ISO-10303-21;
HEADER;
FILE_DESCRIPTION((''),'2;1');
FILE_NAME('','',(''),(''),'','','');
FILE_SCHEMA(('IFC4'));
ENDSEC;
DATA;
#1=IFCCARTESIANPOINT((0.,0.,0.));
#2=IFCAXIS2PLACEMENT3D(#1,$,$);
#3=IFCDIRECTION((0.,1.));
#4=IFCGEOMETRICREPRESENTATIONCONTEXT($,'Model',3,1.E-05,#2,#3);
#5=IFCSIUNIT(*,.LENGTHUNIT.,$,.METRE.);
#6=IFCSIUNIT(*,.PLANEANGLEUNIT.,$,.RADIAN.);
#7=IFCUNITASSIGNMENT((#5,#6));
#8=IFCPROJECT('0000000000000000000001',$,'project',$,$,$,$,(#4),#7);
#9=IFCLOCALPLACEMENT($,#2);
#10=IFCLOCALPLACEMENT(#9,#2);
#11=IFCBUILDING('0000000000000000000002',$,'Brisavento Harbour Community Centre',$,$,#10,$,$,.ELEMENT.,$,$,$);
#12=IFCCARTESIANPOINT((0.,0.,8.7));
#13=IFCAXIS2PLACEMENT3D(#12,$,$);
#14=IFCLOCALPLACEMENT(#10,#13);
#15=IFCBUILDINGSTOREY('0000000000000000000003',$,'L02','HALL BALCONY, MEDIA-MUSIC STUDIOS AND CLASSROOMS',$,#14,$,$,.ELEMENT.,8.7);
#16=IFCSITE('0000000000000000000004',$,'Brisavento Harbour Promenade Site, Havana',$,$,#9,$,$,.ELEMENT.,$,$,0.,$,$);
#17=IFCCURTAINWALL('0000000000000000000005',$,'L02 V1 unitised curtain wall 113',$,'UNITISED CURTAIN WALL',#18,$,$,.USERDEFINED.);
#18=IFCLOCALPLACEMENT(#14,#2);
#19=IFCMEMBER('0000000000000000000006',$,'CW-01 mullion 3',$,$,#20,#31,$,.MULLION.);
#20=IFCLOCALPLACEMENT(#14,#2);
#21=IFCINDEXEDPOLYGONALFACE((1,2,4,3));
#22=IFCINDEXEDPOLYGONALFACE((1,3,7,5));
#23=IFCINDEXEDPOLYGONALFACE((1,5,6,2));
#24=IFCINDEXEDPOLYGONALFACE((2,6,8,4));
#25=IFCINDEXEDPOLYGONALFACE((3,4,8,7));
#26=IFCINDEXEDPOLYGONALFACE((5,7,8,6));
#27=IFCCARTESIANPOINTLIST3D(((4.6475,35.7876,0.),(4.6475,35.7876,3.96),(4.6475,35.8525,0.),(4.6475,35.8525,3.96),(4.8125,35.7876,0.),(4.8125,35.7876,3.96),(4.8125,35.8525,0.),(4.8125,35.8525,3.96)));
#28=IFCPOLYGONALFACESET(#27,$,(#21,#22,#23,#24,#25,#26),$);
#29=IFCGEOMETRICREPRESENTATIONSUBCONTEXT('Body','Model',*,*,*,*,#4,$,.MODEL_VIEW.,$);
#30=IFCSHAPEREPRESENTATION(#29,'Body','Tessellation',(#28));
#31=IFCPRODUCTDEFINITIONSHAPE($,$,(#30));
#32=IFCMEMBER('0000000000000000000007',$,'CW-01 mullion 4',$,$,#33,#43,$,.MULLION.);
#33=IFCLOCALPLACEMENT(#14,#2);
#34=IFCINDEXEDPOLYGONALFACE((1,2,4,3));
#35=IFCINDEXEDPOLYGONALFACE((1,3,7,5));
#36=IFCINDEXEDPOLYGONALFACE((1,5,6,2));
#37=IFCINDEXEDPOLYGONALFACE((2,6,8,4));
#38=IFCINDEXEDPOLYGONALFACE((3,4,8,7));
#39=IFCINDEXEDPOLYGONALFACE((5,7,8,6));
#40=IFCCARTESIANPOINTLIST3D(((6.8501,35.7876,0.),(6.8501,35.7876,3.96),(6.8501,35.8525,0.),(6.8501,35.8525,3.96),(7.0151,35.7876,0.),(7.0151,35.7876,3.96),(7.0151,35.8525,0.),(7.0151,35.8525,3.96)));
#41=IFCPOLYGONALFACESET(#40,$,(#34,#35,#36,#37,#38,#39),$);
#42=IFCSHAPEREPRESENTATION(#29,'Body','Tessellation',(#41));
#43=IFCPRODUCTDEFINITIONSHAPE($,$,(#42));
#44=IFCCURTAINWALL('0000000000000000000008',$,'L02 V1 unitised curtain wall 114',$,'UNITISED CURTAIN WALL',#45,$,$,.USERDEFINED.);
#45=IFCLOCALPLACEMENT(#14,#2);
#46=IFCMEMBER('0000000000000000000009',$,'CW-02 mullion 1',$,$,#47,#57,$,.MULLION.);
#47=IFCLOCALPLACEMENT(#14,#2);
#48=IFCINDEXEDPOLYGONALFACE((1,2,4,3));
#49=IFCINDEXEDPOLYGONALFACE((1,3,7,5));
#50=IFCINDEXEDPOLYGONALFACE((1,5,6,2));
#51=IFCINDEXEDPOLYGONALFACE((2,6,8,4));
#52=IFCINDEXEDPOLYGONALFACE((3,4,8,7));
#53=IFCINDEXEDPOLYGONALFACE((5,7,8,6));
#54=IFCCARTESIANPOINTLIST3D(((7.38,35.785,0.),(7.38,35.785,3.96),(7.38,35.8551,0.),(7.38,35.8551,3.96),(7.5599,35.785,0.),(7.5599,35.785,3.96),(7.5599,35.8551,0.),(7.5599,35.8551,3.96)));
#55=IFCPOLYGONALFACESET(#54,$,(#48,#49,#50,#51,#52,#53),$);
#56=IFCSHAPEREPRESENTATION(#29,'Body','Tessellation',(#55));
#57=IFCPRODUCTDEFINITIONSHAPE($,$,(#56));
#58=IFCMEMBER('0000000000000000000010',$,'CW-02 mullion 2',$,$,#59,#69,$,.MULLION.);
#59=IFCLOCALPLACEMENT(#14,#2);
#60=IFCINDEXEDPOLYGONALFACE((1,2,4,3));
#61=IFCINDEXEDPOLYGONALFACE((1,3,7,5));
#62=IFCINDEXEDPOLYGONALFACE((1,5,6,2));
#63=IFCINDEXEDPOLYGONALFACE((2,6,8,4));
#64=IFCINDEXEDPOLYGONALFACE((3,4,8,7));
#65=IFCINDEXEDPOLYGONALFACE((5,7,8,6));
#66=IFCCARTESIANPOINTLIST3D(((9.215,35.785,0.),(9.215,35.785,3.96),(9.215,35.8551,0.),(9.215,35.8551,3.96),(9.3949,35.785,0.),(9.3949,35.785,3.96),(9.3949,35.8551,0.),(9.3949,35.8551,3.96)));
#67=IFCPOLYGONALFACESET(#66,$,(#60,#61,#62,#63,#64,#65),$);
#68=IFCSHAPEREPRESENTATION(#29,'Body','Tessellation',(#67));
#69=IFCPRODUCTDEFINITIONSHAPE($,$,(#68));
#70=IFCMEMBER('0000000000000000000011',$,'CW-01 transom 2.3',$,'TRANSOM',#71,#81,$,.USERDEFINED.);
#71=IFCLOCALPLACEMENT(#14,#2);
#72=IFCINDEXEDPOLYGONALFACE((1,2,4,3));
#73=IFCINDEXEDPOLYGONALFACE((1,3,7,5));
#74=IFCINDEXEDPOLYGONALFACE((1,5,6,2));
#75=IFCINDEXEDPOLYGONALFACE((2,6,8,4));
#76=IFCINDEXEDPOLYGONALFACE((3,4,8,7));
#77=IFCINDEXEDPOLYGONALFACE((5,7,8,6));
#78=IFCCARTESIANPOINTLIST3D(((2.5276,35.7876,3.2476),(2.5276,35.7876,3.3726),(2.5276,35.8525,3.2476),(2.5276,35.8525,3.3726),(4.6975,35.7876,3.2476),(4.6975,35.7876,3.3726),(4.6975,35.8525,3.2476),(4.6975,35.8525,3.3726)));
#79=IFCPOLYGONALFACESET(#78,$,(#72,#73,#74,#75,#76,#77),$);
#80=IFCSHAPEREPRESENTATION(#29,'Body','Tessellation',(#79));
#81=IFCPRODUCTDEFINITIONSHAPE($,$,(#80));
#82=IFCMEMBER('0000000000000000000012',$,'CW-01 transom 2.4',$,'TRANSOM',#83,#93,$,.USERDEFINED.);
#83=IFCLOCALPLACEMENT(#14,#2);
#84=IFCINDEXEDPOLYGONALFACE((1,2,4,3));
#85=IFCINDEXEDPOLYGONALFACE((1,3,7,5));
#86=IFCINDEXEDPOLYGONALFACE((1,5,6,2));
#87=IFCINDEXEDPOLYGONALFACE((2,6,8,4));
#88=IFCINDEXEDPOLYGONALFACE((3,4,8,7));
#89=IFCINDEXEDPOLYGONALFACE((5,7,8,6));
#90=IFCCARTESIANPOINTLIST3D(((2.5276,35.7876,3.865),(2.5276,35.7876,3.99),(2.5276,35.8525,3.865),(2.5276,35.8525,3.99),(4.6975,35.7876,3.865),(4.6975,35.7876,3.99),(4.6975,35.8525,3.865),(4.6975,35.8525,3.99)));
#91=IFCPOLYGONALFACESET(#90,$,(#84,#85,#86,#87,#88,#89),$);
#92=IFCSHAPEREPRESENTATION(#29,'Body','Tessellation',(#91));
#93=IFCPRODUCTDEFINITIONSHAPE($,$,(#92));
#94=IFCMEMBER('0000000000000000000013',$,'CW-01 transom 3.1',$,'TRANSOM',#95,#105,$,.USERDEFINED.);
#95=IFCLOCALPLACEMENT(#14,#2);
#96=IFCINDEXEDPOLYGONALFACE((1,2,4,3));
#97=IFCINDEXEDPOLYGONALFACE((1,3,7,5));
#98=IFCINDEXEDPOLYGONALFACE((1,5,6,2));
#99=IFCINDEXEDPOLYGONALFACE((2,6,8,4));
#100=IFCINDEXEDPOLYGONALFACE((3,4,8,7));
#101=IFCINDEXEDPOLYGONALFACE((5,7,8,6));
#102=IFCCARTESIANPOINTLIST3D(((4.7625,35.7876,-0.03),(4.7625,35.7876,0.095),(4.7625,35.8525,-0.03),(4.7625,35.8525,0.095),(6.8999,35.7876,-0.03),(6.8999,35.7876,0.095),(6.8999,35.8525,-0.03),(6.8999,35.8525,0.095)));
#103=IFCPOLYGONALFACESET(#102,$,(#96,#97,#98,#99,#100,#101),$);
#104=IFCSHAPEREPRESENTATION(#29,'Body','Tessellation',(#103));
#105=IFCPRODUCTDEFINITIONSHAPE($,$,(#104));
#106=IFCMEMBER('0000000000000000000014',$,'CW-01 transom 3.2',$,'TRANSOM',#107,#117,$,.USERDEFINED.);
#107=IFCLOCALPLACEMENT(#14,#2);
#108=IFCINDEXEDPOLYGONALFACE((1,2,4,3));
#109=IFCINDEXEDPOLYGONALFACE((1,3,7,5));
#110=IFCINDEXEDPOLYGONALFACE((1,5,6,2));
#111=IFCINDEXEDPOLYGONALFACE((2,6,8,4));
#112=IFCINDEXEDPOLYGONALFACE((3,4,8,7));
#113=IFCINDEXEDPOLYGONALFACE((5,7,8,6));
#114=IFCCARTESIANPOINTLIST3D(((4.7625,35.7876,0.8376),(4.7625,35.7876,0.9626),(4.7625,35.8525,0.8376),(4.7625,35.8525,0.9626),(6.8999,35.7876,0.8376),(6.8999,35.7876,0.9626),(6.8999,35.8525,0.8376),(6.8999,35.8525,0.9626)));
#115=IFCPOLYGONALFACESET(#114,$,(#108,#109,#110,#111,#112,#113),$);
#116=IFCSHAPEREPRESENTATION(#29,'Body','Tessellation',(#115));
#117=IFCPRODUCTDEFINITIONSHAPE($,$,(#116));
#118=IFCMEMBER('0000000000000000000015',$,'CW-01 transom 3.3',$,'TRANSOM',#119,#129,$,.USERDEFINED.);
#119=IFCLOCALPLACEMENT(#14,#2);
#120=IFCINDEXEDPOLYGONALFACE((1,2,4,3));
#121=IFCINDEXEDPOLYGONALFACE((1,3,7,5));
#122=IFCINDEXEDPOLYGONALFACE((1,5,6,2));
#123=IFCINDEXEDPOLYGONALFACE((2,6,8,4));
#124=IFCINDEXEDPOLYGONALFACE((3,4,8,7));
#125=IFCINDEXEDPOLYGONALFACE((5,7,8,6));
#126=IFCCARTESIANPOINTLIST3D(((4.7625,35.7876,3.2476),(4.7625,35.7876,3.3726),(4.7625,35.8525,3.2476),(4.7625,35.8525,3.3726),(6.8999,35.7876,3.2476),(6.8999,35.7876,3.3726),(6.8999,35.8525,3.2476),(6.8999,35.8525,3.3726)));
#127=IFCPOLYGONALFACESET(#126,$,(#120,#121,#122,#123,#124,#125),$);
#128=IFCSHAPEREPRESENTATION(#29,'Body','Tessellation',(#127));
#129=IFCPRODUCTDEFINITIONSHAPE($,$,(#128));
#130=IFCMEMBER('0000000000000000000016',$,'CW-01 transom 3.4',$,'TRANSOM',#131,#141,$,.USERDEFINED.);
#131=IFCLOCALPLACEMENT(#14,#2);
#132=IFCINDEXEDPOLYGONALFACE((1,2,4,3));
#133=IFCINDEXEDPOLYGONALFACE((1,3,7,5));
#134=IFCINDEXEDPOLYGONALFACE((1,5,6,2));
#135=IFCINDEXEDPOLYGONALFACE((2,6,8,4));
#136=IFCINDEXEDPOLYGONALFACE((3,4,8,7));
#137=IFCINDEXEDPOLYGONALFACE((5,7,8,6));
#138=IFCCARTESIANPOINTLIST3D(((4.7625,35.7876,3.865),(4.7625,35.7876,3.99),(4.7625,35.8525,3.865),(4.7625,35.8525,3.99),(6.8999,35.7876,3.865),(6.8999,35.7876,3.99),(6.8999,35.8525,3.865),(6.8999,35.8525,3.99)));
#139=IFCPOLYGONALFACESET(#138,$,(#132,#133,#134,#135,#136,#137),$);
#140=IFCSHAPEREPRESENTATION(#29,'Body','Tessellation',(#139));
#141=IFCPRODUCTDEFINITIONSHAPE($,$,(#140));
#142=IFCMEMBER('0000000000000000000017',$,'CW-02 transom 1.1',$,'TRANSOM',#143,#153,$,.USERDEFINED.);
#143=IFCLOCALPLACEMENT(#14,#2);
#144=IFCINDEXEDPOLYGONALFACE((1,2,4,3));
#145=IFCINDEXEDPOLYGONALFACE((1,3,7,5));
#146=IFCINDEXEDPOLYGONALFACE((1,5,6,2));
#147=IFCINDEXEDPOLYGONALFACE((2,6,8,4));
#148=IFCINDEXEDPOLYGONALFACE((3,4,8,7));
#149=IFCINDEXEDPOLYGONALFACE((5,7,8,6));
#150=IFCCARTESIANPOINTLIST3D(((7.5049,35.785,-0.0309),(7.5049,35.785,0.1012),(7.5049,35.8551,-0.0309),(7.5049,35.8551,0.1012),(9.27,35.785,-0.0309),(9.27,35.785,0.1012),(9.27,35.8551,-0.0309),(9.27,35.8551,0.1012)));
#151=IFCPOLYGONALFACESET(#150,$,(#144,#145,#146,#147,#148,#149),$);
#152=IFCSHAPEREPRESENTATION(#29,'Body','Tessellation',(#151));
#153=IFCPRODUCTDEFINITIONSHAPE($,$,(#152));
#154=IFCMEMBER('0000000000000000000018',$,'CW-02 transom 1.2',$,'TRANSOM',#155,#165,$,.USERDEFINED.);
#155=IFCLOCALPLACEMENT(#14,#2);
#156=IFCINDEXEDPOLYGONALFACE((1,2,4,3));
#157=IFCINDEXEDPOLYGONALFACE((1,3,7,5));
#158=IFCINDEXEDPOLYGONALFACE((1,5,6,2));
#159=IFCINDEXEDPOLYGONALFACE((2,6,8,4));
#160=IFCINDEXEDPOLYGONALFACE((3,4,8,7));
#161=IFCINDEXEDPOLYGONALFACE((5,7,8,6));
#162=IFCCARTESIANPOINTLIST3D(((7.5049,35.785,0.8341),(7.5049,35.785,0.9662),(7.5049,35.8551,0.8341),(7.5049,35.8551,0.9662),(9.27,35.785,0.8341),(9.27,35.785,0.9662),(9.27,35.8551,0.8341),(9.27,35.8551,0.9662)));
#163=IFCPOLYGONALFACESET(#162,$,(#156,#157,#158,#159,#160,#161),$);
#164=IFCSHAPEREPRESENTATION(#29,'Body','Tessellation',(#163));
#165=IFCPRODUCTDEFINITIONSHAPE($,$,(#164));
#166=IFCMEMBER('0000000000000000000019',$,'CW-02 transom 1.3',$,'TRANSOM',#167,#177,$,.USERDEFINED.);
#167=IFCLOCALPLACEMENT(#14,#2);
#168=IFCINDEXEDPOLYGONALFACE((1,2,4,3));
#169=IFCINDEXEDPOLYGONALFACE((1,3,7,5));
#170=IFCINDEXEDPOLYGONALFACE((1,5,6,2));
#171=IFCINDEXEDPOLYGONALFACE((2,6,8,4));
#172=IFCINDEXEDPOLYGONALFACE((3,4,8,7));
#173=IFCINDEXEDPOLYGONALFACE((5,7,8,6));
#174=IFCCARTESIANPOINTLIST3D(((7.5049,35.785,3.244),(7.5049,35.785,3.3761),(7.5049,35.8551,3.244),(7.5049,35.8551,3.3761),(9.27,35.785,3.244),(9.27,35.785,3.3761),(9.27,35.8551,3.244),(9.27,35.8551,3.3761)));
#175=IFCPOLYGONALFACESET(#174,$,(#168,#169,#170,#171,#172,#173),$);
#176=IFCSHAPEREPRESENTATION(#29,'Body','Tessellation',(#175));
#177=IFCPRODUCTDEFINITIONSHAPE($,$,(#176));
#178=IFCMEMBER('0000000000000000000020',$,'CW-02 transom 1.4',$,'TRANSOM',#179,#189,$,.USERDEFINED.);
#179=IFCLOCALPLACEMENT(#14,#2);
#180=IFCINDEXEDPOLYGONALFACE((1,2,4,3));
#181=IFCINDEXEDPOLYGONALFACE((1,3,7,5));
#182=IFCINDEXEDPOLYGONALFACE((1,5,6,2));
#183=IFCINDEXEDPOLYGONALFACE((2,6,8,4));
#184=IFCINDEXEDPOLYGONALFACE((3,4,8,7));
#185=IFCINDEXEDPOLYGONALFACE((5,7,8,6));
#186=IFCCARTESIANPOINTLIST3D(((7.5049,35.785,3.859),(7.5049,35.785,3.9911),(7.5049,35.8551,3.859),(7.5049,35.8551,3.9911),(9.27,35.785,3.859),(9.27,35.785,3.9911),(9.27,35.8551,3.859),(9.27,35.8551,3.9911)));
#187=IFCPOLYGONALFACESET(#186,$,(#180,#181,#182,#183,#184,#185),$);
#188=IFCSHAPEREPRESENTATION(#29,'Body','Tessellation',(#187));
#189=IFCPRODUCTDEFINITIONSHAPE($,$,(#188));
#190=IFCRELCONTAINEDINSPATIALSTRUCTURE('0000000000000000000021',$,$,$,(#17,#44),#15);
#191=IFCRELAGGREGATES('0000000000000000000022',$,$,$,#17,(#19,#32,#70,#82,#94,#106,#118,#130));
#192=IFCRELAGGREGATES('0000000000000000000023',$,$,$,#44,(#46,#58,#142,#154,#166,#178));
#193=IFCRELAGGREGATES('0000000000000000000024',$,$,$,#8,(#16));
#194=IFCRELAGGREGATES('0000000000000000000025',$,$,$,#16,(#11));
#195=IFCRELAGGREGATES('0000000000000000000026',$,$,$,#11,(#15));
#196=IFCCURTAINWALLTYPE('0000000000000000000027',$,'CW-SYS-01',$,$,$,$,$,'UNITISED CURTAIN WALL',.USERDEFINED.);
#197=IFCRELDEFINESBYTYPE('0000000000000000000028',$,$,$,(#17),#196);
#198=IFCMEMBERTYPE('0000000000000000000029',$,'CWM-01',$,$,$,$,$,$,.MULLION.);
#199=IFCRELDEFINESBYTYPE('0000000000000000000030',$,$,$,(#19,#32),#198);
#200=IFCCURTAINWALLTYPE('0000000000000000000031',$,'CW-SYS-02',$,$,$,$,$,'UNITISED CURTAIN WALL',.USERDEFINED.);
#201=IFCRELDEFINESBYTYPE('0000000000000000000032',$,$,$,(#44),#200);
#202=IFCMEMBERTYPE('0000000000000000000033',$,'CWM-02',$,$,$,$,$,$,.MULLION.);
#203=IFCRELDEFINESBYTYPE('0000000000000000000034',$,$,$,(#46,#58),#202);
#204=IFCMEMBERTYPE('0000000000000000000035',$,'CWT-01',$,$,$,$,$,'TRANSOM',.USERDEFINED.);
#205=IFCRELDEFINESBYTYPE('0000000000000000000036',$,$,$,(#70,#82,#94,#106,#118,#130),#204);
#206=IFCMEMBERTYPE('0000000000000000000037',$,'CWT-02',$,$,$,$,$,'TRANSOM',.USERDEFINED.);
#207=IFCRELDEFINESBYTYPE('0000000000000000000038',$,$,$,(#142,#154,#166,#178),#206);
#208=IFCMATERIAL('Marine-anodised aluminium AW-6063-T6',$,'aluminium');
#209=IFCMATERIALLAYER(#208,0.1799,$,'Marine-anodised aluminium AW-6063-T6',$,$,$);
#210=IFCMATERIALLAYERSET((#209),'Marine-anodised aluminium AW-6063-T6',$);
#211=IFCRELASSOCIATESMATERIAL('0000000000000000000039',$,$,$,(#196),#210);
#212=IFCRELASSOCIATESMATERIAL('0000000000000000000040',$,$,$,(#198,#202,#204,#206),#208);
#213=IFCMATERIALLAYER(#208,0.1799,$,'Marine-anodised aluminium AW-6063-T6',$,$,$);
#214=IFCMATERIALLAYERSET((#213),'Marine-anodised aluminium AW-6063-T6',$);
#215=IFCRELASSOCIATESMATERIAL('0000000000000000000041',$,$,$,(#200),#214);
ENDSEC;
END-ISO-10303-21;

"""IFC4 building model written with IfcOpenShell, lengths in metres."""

from ifc_helpers import new_model, si_unit, direction, frame, origin, origin_2d, place, context, subcontext, project, spatial, rectangle, extrude, material, layer, layer_set, material_profile, profile_set, type_object, element, aggregate, save


model = new_model("IFC4")

# Units and contexts
model_context = context("Model", 3, precision=1e-05, world=origin(), true_north=direction((0.0, 1.0)))
body_context = subcontext(model_context, "Body", "Model", "MODEL_VIEW")
ifc_project = project(units=[si_unit("LENGTHUNIT", "METRE"), si_unit("PLANEANGLEUNIT", "RADIAN")], contexts=[model_context])

# Site, building, storey
site_placement = place(None, origin())
site = spatial("IfcSite", under=ifc_project, at=site_placement, Name="Brisavento Harbour Promenade Site, Havana", CompositionType="ELEMENT", RefElevation=0.0)
building_placement = place(site_placement, origin())
building = spatial("IfcBuilding", under=site, at=building_placement, Name="Brisavento Harbour Community Centre", CompositionType="ELEMENT")
storey_placement = place(building_placement, frame((0.0, 0.0, 8.7)))
storey = spatial("IfcBuildingStorey", under=building, at=storey_placement, Name="L02", Description="HALL BALCONY, MEDIA-MUSIC STUDIOS AND CLASSROOMS", CompositionType="ELEMENT", Elevation=8.7)

# Curtain walls, members
ifc_material_1 = material(Name="Marine-anodised aluminium AW-6063-T6", Category="aluminium")
ifc_layer_1 = layer(ifc_material_1, 0.1799, Name="Marine-anodised aluminium AW-6063-T6")
ifc_layer_set_1 = layer_set([ifc_layer_1], Name="Marine-anodised aluminium AW-6063-T6")
curtain_wall_type_1 = type_object("IfcCurtainWallType", Name="CW-SYS-01", ElementType="UNITISED CURTAIN WALL", PredefinedType="USERDEFINED", material=ifc_layer_set_1)
curtain_wall_1_placement = place(storey_placement, origin())
curtain_wall_1 = element("IfcCurtainWall", 1, at=curtain_wall_1_placement, inside=storey, type_object=curtain_wall_type_1, Name="L02 V1 unitised curtain wall 113", ObjectType="UNITISED CURTAIN WALL", PredefinedType="USERDEFINED")
ifc_material_profile_1 = material_profile(ifc_material_1, rectangle(XDim=0.0649, YDim=0.165, at=origin_2d()), Name="Marine-anodised aluminium AW-6063-T6")
ifc_profile_set_1 = profile_set([ifc_material_profile_1], Name="Marine-anodised aluminium AW-6063-T6")
member_type_1 = type_object("IfcMemberType", Name="CWM-01", PredefinedType="MULLION", material=ifc_profile_set_1)
member_1_placement = place(storey_placement, frame((4.73, 35.8201, 0.0), z_axis=(0.0, 0.0, 1.0), x_axis=(0.0, 1.0, 0.0)))
member_1 = element("IfcMember", 2, at=member_1_placement, type_object=member_type_1, Name="CW-01 mullion 3", PredefinedType="MULLION", context=body_context, shape_type="SweptSolid", body=[
    extrude(rectangle(XDim=0.0649, YDim=0.165, at=origin_2d()), origin(), (0.0, 0.0, 1.0), 3.96),
])
member_2_placement = place(storey_placement, frame((6.9326, 35.8201, 0.0), z_axis=(0.0, 0.0, 1.0), x_axis=(0.0, 1.0, 0.0)))
member_2 = element("IfcMember", 3, at=member_2_placement, type_object=member_type_1, Name="CW-01 mullion 4", PredefinedType="MULLION", context=body_context, shape_type="SweptSolid", body=[
    extrude(rectangle(XDim=0.0649, YDim=0.165, at=origin_2d()), origin(), (0.0, 0.0, 1.0), 3.96),
])
ifc_layer_2 = layer(ifc_material_1, 0.1799, Name="Marine-anodised aluminium AW-6063-T6")
ifc_layer_set_2 = layer_set([ifc_layer_2], Name="Marine-anodised aluminium AW-6063-T6")
curtain_wall_type_2 = type_object("IfcCurtainWallType", Name="CW-SYS-02", ElementType="UNITISED CURTAIN WALL", PredefinedType="USERDEFINED", material=ifc_layer_set_2)
curtain_wall_2_placement = place(storey_placement, origin())
curtain_wall_2 = element("IfcCurtainWall", 4, at=curtain_wall_2_placement, inside=storey, type_object=curtain_wall_type_2, Name="L02 V1 unitised curtain wall 114", ObjectType="UNITISED CURTAIN WALL", PredefinedType="USERDEFINED")
ifc_material_profile_2 = material_profile(ifc_material_1, rectangle(XDim=0.0701, YDim=0.1799, at=origin_2d()), Name="Marine-anodised aluminium AW-6063-T6")
ifc_profile_set_2 = profile_set([ifc_material_profile_2], Name="Marine-anodised aluminium AW-6063-T6")
member_type_2 = type_object("IfcMemberType", Name="CWM-02", PredefinedType="MULLION", material=ifc_profile_set_2)
member_3_placement = place(storey_placement, frame((7.47, 35.8201, 0.0), z_axis=(0.0, 0.0, 1.0), x_axis=(0.0, 1.0, 0.0)))
member_3 = element("IfcMember", 5, at=member_3_placement, type_object=member_type_2, Name="CW-02 mullion 1", PredefinedType="MULLION", context=body_context, shape_type="SweptSolid", body=[
    extrude(rectangle(XDim=0.0701, YDim=0.1799, at=origin_2d()), origin(), (0.0, 0.0, 1.0), 3.96),
])
member_4_placement = place(storey_placement, frame((9.3049, 35.8201, 0.0), z_axis=(0.0, 0.0, 1.0), x_axis=(0.0, 1.0, 0.0)))
member_4 = element("IfcMember", 6, at=member_4_placement, type_object=member_type_2, Name="CW-02 mullion 2", PredefinedType="MULLION", context=body_context, shape_type="SweptSolid", body=[
    extrude(rectangle(XDim=0.0701, YDim=0.1799, at=origin_2d()), origin(), (0.0, 0.0, 1.0), 3.96),
])

# Members
ifc_material_profile_3 = material_profile(ifc_material_1, rectangle(XDim=0.0649, YDim=0.125, at=origin_2d()), Name="Marine-anodised aluminium AW-6063-T6")
ifc_profile_set_3 = profile_set([ifc_material_profile_3], Name="Marine-anodised aluminium AW-6063-T6")
member_type_3 = type_object("IfcMemberType", Name="CWT-01", ElementType="TRANSOM", PredefinedType="USERDEFINED", material=ifc_profile_set_3)
member_5_placement = place(storey_placement, frame((2.5276, 35.8201, 3.3101), z_axis=(1.0, 0.0, 0.0), x_axis=(0.0, 1.0, 0.0)))
member_5 = element("IfcMember", 7, at=member_5_placement, type_object=member_type_3, Name="CW-01 transom 2.3", ObjectType="TRANSOM", PredefinedType="USERDEFINED", context=body_context, shape_type="SweptSolid", body=[
    extrude(rectangle(XDim=0.0649, YDim=0.125, at=origin_2d()), origin(), (0.0, 0.0, 1.0), 2.1699),
])
member_6_placement = place(storey_placement, frame((2.5276, 35.8201, 3.9275), z_axis=(1.0, 0.0, 0.0), x_axis=(0.0, 1.0, 0.0)))
member_6 = element("IfcMember", 8, at=member_6_placement, type_object=member_type_3, Name="CW-01 transom 2.4", ObjectType="TRANSOM", PredefinedType="USERDEFINED", context=body_context, shape_type="SweptSolid", body=[
    extrude(rectangle(XDim=0.0649, YDim=0.125, at=origin_2d()), origin(), (0.0, 0.0, 1.0), 2.1699),
])
member_7_placement = place(storey_placement, frame((4.7625, 35.8201, 0.0325), z_axis=(1.0, 0.0, 0.0), x_axis=(0.0, 1.0, 0.0)))
member_7 = element("IfcMember", 9, at=member_7_placement, type_object=member_type_3, Name="CW-01 transom 3.1", ObjectType="TRANSOM", PredefinedType="USERDEFINED", context=body_context, shape_type="SweptSolid", body=[
    extrude(rectangle(XDim=0.0649, YDim=0.125, at=origin_2d()), origin(), (0.0, 0.0, 1.0), 2.1375),
])
member_8_placement = place(storey_placement, frame((4.7625, 35.8201, 0.9001), z_axis=(1.0, 0.0, 0.0), x_axis=(0.0, 1.0, 0.0)))
member_8 = element("IfcMember", 10, at=member_8_placement, type_object=member_type_3, Name="CW-01 transom 3.2", ObjectType="TRANSOM", PredefinedType="USERDEFINED", context=body_context, shape_type="SweptSolid", body=[
    extrude(rectangle(XDim=0.0649, YDim=0.125, at=origin_2d()), origin(), (0.0, 0.0, 1.0), 2.1375),
])
member_9_placement = place(storey_placement, frame((4.7625, 35.8201, 3.3101), z_axis=(1.0, 0.0, 0.0), x_axis=(0.0, 1.0, 0.0)))
member_9 = element("IfcMember", 11, at=member_9_placement, type_object=member_type_3, Name="CW-01 transom 3.3", ObjectType="TRANSOM", PredefinedType="USERDEFINED", context=body_context, shape_type="SweptSolid", body=[
    extrude(rectangle(XDim=0.0649, YDim=0.125, at=origin_2d()), origin(), (0.0, 0.0, 1.0), 2.1375),
])
member_10_placement = place(storey_placement, frame((4.7625, 35.8201, 3.9275), z_axis=(1.0, 0.0, 0.0), x_axis=(0.0, 1.0, 0.0)))
member_10 = element("IfcMember", 12, at=member_10_placement, type_object=member_type_3, Name="CW-01 transom 3.4", ObjectType="TRANSOM", PredefinedType="USERDEFINED", context=body_context, shape_type="SweptSolid", body=[
    extrude(rectangle(XDim=0.0649, YDim=0.125, at=origin_2d()), origin(), (0.0, 0.0, 1.0), 2.1375),
])
ifc_material_profile_4 = material_profile(ifc_material_1, rectangle(XDim=0.0701, YDim=0.1321, at=origin_2d()), Name="Marine-anodised aluminium AW-6063-T6")
ifc_profile_set_4 = profile_set([ifc_material_profile_4], Name="Marine-anodised aluminium AW-6063-T6")
member_type_4 = type_object("IfcMemberType", Name="CWT-02", ElementType="TRANSOM", PredefinedType="USERDEFINED", material=ifc_profile_set_4)
member_11_placement = place(storey_placement, frame((7.5049, 35.8201, 0.0352), z_axis=(1.0, 0.0, 0.0), x_axis=(0.0, 1.0, 0.0)))
member_11 = element("IfcMember", 13, at=member_11_placement, type_object=member_type_4, Name="CW-02 transom 1.1", ObjectType="TRANSOM", PredefinedType="USERDEFINED", context=body_context, shape_type="SweptSolid", body=[
    extrude(rectangle(XDim=0.0701, YDim=0.1321, at=origin_2d()), origin(), (0.0, 0.0, 1.0), 1.7651),
])
member_12_placement = place(storey_placement, frame((7.5049, 35.8201, 0.9001), z_axis=(1.0, 0.0, 0.0), x_axis=(0.0, 1.0, 0.0)))
member_12 = element("IfcMember", 14, at=member_12_placement, type_object=member_type_4, Name="CW-02 transom 1.2", ObjectType="TRANSOM", PredefinedType="USERDEFINED", context=body_context, shape_type="SweptSolid", body=[
    extrude(rectangle(XDim=0.0701, YDim=0.1321, at=origin_2d()), origin(), (0.0, 0.0, 1.0), 1.7651),
])
member_13_placement = place(storey_placement, frame((7.5049, 35.8201, 3.3101), z_axis=(1.0, 0.0, 0.0), x_axis=(0.0, 1.0, 0.0)))
member_13 = element("IfcMember", 15, at=member_13_placement, type_object=member_type_4, Name="CW-02 transom 1.3", ObjectType="TRANSOM", PredefinedType="USERDEFINED", context=body_context, shape_type="SweptSolid", body=[
    extrude(rectangle(XDim=0.0701, YDim=0.1321, at=origin_2d()), origin(), (0.0, 0.0, 1.0), 1.7651),
])
member_14_placement = place(storey_placement, frame((7.5049, 35.8201, 3.925), z_axis=(1.0, 0.0, 0.0), x_axis=(0.0, 1.0, 0.0)))
member_14 = element("IfcMember", 16, at=member_14_placement, type_object=member_type_4, Name="CW-02 transom 1.4", ObjectType="TRANSOM", PredefinedType="USERDEFINED", context=body_context, shape_type="SweptSolid", body=[
    extrude(rectangle(XDim=0.0701, YDim=0.1321, at=origin_2d()), origin(), (0.0, 0.0, 1.0), 1.7651),
])

aggregate(curtain_wall_1, [member_1, member_2, member_5, member_6, member_7, member_8, member_9, member_10])
aggregate(curtain_wall_2, [member_3, member_4, member_11, member_12, member_13, member_14])

save(model, "model.ifc")
